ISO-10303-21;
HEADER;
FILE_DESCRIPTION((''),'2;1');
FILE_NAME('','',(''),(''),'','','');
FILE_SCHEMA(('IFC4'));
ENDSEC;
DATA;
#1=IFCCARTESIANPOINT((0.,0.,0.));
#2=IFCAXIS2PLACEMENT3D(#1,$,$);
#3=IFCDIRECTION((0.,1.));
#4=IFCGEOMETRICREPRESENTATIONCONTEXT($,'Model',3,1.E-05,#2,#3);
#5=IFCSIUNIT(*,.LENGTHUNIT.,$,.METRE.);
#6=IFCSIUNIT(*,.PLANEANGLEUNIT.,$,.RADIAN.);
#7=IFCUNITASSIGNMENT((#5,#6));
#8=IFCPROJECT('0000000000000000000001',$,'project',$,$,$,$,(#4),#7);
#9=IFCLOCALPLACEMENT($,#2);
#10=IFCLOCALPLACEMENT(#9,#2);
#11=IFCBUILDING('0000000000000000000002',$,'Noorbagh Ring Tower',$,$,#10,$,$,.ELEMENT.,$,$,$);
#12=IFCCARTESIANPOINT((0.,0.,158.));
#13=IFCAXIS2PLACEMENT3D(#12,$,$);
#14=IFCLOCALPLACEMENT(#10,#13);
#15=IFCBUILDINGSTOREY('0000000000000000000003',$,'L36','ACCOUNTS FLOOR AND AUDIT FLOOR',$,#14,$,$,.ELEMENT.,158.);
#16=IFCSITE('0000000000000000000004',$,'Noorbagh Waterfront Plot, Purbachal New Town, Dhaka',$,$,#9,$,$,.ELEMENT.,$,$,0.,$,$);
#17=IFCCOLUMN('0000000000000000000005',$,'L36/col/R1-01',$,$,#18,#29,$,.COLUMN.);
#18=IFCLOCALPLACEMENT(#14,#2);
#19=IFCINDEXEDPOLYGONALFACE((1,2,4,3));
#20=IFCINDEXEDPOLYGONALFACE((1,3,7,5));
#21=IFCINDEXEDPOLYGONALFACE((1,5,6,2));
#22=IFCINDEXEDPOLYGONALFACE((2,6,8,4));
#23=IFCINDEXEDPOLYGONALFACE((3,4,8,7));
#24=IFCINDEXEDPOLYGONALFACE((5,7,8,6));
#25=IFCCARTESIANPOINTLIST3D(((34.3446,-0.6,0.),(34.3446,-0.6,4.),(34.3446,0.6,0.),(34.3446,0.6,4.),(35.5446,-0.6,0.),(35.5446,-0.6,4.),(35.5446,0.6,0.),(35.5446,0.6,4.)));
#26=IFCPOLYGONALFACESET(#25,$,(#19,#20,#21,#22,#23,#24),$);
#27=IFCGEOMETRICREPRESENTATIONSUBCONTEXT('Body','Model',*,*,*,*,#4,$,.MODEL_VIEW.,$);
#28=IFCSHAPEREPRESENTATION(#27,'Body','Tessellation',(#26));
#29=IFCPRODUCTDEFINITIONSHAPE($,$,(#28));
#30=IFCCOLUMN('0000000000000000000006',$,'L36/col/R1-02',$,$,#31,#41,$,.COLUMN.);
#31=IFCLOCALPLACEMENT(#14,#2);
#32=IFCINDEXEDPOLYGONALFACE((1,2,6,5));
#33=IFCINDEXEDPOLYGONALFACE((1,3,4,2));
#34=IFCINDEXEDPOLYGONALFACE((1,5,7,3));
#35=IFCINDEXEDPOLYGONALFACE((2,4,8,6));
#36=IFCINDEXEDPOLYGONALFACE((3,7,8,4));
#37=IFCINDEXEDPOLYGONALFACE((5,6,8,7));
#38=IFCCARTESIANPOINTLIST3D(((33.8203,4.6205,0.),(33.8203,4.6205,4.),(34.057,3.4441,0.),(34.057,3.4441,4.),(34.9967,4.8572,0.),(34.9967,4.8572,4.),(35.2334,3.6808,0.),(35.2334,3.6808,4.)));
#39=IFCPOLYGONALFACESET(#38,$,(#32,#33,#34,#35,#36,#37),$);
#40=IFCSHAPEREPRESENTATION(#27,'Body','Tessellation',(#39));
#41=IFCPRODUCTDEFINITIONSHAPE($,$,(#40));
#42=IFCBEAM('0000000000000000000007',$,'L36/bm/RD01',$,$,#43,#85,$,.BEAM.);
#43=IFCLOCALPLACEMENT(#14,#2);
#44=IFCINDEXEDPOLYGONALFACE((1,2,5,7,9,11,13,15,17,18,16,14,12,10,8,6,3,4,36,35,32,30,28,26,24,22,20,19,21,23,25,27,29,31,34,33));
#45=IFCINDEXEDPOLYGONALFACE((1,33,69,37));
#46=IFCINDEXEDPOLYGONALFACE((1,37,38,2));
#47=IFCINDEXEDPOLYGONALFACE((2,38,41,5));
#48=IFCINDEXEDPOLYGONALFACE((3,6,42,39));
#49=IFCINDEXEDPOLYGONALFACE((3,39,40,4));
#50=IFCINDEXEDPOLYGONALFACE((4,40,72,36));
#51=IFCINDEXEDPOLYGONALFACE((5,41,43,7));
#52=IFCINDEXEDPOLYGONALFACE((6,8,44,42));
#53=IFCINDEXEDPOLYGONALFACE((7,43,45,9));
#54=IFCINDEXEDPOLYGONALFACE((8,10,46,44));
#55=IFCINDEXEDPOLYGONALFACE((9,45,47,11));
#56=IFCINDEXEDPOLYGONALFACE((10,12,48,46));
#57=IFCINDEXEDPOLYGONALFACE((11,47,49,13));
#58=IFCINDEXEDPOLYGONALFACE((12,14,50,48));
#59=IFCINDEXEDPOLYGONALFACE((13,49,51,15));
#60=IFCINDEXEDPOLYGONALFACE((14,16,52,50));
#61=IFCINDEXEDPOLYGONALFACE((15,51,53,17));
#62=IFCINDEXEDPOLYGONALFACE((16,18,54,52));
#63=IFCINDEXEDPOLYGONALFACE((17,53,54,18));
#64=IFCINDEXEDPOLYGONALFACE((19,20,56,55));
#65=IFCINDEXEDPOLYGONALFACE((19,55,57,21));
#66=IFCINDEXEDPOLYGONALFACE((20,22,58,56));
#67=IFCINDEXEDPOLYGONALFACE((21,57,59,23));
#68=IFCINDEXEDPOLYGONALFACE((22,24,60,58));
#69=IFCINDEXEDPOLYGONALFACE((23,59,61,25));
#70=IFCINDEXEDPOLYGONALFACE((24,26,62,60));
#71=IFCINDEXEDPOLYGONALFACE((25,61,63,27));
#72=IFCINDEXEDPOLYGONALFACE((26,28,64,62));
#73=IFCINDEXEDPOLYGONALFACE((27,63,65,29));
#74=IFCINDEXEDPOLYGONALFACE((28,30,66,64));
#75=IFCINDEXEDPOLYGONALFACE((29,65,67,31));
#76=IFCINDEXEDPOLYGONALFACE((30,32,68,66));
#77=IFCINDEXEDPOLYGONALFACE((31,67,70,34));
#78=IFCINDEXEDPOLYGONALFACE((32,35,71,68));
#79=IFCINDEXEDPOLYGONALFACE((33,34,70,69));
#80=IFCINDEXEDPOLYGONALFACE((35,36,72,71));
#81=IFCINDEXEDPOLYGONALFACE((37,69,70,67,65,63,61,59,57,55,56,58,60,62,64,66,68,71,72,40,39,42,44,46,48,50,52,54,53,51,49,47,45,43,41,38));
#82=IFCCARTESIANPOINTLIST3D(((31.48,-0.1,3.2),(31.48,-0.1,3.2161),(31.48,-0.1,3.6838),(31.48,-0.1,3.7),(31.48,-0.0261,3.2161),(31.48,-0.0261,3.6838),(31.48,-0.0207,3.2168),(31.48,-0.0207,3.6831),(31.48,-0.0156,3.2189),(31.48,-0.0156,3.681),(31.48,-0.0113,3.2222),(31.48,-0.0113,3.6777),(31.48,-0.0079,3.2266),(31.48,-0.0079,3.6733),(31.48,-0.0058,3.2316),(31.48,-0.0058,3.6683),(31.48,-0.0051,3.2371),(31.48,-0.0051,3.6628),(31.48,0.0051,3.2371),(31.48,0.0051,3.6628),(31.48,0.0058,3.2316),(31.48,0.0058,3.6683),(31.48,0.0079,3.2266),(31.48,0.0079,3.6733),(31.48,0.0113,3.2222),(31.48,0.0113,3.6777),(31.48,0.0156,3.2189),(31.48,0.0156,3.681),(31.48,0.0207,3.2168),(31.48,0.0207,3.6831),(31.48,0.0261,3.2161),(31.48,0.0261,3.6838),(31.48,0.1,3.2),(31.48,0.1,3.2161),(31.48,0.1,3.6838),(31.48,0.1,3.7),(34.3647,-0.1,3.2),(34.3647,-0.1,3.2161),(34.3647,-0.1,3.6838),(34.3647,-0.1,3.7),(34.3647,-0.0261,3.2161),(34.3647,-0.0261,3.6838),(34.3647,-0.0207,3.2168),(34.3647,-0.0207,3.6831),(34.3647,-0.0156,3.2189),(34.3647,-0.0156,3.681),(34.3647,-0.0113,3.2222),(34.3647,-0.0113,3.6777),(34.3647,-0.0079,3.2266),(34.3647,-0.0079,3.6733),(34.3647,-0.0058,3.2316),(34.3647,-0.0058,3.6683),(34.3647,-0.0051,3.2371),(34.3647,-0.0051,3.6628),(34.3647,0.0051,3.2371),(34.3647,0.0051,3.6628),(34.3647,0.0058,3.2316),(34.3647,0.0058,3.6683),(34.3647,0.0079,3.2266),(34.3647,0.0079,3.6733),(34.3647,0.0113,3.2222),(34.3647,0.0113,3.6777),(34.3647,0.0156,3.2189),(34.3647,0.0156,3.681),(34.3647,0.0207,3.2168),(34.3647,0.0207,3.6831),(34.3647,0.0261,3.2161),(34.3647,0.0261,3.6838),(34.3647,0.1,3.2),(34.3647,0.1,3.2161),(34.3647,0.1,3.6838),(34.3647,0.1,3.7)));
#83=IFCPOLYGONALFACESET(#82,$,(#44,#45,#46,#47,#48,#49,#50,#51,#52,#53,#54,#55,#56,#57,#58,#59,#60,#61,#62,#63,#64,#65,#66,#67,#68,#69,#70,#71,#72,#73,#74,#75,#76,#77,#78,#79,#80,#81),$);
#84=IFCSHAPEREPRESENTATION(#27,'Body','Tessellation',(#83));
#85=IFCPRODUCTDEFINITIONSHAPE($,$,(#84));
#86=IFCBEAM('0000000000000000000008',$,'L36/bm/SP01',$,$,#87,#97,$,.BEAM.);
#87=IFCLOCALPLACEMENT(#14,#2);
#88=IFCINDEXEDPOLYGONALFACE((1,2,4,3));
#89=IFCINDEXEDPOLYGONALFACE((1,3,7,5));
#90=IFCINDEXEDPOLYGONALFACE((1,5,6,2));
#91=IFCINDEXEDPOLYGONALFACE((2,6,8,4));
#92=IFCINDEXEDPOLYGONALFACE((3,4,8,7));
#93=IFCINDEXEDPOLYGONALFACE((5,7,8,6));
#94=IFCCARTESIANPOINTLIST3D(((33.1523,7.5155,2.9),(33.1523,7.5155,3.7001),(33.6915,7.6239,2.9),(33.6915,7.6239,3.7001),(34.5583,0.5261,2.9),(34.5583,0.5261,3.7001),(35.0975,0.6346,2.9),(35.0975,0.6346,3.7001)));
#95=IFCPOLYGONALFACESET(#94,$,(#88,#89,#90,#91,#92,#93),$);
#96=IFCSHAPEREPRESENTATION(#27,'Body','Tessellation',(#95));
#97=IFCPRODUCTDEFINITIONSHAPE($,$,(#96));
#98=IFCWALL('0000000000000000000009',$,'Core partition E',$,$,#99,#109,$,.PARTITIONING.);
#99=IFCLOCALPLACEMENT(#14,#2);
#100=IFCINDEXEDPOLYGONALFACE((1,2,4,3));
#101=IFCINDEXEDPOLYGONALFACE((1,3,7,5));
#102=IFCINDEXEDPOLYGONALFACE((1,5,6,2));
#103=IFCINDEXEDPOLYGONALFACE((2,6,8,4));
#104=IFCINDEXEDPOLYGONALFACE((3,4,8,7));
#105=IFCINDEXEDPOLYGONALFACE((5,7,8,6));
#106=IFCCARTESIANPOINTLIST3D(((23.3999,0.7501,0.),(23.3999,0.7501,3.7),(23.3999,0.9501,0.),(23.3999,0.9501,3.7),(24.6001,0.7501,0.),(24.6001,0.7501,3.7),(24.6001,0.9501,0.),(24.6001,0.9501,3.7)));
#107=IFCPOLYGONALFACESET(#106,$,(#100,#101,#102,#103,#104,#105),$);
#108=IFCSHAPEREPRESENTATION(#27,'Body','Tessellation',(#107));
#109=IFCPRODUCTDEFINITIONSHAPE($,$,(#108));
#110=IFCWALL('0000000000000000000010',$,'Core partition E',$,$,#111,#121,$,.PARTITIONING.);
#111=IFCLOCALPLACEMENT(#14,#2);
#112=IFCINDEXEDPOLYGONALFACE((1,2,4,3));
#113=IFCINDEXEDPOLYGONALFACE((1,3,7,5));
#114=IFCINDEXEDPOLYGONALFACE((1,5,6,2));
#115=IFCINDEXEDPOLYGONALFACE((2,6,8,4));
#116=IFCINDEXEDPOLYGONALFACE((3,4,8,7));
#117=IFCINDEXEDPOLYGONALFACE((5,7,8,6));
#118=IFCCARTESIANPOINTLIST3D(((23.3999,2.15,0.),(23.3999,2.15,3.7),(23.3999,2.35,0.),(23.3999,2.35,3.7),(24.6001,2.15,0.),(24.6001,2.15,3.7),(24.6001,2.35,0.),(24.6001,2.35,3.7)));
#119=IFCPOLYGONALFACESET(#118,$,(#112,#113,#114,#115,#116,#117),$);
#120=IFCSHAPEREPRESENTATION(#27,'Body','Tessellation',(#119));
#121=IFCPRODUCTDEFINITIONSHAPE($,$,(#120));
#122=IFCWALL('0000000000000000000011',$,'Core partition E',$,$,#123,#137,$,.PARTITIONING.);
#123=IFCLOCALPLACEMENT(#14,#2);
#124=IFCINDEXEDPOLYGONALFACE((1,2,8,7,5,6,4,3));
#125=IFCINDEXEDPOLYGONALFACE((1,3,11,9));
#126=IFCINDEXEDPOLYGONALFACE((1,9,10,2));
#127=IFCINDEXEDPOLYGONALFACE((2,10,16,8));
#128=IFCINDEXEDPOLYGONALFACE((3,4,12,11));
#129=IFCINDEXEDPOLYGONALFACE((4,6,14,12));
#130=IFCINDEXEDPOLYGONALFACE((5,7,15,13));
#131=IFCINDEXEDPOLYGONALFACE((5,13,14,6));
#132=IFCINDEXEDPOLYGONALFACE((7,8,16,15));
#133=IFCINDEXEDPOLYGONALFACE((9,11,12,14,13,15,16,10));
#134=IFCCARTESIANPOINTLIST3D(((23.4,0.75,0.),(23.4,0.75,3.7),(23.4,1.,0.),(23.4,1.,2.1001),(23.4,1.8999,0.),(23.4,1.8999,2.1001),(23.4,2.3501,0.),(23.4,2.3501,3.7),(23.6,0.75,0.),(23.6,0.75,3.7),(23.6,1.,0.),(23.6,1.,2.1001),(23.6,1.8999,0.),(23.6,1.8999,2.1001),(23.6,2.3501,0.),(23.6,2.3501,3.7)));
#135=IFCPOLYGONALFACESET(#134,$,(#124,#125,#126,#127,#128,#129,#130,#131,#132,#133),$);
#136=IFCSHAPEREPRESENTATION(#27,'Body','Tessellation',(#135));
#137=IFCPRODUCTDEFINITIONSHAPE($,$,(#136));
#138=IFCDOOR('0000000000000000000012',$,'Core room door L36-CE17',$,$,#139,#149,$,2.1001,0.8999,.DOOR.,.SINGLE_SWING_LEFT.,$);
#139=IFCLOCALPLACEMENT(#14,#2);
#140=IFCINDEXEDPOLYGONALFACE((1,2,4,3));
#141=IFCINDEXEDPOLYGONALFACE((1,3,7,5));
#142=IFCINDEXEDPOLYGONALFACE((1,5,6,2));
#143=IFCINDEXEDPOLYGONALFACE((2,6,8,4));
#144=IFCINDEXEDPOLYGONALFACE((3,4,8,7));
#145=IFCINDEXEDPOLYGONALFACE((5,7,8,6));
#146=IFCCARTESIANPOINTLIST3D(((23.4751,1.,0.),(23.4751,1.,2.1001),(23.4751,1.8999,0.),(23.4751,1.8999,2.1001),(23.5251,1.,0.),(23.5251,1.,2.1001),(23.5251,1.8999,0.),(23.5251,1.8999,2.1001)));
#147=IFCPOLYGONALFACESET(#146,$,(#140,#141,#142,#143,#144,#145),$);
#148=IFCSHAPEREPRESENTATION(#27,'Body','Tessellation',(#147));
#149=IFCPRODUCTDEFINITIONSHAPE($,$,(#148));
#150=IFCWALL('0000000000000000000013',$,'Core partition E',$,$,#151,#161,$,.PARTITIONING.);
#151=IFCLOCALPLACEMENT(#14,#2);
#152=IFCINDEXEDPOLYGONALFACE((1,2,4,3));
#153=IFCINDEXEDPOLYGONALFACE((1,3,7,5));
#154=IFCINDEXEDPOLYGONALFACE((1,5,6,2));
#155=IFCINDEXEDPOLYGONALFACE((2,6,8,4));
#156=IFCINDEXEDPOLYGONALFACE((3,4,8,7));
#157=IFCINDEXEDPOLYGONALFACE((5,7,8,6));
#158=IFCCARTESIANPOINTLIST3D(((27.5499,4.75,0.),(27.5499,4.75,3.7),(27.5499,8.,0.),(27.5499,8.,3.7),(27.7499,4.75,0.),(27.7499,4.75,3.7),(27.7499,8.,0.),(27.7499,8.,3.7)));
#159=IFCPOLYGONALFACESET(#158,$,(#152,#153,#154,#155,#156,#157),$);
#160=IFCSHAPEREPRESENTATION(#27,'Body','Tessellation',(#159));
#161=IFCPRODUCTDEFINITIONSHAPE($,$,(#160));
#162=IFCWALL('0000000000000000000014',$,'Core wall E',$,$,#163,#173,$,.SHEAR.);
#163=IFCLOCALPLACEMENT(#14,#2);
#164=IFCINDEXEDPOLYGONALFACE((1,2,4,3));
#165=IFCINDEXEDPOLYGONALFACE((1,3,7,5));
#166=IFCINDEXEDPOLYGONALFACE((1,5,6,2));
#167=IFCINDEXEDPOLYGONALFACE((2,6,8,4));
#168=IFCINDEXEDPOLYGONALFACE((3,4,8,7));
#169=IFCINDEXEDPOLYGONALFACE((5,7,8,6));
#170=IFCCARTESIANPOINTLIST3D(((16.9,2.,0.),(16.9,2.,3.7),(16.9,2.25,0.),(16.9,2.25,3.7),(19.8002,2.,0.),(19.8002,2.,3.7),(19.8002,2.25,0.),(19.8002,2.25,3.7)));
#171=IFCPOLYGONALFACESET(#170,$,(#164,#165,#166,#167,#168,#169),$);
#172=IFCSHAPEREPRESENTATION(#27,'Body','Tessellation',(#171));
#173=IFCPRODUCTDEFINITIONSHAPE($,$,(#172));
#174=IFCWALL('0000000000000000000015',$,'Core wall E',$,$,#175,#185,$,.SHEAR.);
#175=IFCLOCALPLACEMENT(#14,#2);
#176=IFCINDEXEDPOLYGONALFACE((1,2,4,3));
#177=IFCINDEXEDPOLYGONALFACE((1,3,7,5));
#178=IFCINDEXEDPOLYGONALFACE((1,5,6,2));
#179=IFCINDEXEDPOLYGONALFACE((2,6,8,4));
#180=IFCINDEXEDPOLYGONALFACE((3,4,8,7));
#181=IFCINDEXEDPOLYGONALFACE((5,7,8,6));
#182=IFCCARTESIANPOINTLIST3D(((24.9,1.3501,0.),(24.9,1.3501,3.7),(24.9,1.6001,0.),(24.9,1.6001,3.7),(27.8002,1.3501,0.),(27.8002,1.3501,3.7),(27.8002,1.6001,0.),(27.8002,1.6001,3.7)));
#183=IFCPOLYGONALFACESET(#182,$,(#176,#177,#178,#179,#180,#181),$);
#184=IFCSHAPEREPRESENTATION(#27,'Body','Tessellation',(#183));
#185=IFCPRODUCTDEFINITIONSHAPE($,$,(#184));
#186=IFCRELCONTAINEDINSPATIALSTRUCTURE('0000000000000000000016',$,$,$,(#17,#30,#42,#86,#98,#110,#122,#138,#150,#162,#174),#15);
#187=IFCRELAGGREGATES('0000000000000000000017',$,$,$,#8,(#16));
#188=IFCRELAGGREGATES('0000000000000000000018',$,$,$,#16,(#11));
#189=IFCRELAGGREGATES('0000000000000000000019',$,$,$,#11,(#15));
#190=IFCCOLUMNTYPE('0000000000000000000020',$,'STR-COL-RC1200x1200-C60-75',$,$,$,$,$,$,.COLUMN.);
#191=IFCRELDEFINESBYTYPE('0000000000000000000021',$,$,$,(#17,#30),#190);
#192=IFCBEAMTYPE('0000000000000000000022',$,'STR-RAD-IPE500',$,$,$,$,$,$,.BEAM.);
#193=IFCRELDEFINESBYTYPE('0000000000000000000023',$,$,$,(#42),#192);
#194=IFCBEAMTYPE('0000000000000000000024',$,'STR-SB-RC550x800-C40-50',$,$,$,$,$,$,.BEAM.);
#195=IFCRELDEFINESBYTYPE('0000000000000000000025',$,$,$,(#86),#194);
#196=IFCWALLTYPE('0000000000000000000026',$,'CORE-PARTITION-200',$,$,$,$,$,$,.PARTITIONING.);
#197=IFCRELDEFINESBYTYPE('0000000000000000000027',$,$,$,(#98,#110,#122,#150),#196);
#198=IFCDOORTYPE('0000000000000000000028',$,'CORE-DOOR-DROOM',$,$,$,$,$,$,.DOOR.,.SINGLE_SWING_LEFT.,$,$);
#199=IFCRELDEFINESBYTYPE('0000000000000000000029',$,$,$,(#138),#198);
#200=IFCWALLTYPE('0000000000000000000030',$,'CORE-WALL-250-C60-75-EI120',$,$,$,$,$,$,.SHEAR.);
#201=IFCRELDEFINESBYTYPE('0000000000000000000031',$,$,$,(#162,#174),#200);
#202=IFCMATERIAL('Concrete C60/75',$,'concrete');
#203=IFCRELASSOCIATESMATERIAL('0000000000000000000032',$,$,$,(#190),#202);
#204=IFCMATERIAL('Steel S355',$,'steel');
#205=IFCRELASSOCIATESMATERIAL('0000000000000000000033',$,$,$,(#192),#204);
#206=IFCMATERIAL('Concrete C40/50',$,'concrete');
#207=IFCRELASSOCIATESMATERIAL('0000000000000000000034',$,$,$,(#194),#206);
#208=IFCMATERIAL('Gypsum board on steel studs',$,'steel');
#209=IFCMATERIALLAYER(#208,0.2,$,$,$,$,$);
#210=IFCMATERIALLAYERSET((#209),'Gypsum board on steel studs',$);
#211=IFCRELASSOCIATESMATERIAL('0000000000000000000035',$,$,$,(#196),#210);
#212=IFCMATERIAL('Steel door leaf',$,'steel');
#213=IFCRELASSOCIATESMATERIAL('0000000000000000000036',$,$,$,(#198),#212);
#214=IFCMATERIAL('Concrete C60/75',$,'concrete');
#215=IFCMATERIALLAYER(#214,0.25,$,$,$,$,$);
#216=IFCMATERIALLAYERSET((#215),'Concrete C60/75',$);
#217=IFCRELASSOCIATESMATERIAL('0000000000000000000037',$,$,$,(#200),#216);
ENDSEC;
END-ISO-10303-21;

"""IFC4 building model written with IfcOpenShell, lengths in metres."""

from ifc_helpers import new_model, si_unit, direction, frame, frame_2d, origin, origin_2d, place, context, subcontext, project, spatial, rectangle, i_section, extrude, material, layer, layer_set, material_profile, profile_set, type_object, element, fill, save


model = new_model("IFC4")

# Units and contexts
model_context = context("Model", 3, precision=1e-05, world=origin(), true_north=direction((0.0, 1.0)))
body_context = subcontext(model_context, "Body", "Model", "MODEL_VIEW")
ifc_project = project(units=[si_unit("LENGTHUNIT", "METRE"), si_unit("PLANEANGLEUNIT", "RADIAN")], contexts=[model_context])

# Site, building, storey
site_placement = place(None, origin())
site = spatial("IfcSite", under=ifc_project, at=site_placement, Name="Noorbagh Waterfront Plot, Purbachal New Town, Dhaka", CompositionType="ELEMENT", RefElevation=0.0)
building_placement = place(site_placement, origin())
building = spatial("IfcBuilding", under=site, at=building_placement, Name="Noorbagh Ring Tower", CompositionType="ELEMENT")
storey_placement = place(building_placement, frame((0.0, 0.0, 158.0)))
storey = spatial("IfcBuildingStorey", under=building, at=storey_placement, Name="L36", Description="ACCOUNTS FLOOR AND AUDIT FLOOR", CompositionType="ELEMENT", Elevation=158.0)

# Columns
ifc_material_1 = material(Name="Concrete C60/75", Category="concrete")
ifc_material_profile_1 = material_profile(ifc_material_1, rectangle(XDim=1.2, YDim=1.2, at=origin_2d()), Name="RC1200x1200")
ifc_profile_set_1 = profile_set([ifc_material_profile_1], Name="Concrete C60/75")
column_type = type_object("IfcColumnType", Name="STR-COL-RC1200x1200-C60-75", PredefinedType="COLUMN", material=ifc_profile_set_1)
for number, where, z_axis, x_axis, name in (
    (1, (34.9446, 0.0, 0.0), (0.0, 0.0, 1.0), (0.0, 1.0, 0.0), "L36/col/R1-01"),
    (2, (34.5269, 4.1506, 0.0), (0.0, 0.0, 1.0), (-0.19723, 0.980357, 0.0), "L36/col/R1-02"),
):
    element("IfcColumn", number, at=place(storey_placement, frame(where, z_axis=z_axis, x_axis=x_axis)), inside=storey, type_object=column_type, Name=name, PredefinedType="COLUMN", context=body_context, shape_type="SweptSolid", body=[
        extrude(rectangle(XDim=1.2, YDim=1.2, at=origin_2d()), origin(), (0.0, 0.0, 1.0), 4.0),
    ])

# Beams
ifc_material_2 = material(Name="Steel S355", Category="steel")
ifc_material_profile_2 = material_profile(ifc_material_2, i_section(OverallWidth=0.2, OverallDepth=0.5, WebThickness=0.0103, FlangeThickness=0.0161, FilletRadius=0.021, at=origin_2d()), Name="IPE500")
ifc_profile_set_2 = profile_set([ifc_material_profile_2], Name="Steel S355")
beam_type_1 = type_object("IfcBeamType", Name="STR-RAD-IPE500", PredefinedType="BEAM", material=ifc_profile_set_2)
beam_1_placement = place(storey_placement, frame((34.3647, 0.0, 3.45), z_axis=(-1.0, 0.0, 0.0), x_axis=(0.0, -1.0, 0.0)))
element("IfcBeam", 3, at=beam_1_placement, inside=storey, type_object=beam_type_1, Name="L36/bm/RD01", PredefinedType="BEAM", context=body_context, shape_type="SweptSolid", body=[
    extrude(i_section(OverallWidth=0.2, OverallDepth=0.5, WebThickness=0.0103, FlangeThickness=0.0161, FilletRadius=0.021, at=origin_2d()), origin(), (0.0, 0.0, 1.0), 2.8848),
])
ifc_material_3 = material(Name="Concrete C40/50", Category="concrete")
ifc_material_profile_3 = material_profile(ifc_material_3, rectangle(XDim=0.55, YDim=0.8, at=origin_2d()), Name="RC550x800")
ifc_profile_set_3 = profile_set([ifc_material_profile_3], Name="Concrete C40/50")
beam_type_2 = type_object("IfcBeamType", Name="STR-SB-RC550x800-C40-50", PredefinedType="BEAM", material=ifc_profile_set_3)
beam_2_placement = place(storey_placement, frame((34.8279, 0.5803, 3.3), z_axis=(-0.197209, 0.980361, 0.0), x_axis=(-0.980361, -0.197209, 0.0)))
element("IfcBeam", 4, at=beam_2_placement, inside=storey, type_object=beam_type_2, Name="L36/bm/SP01", PredefinedType="BEAM", context=body_context, shape_type="SweptSolid", body=[
    extrude(rectangle(XDim=0.55, YDim=0.8, at=origin_2d()), origin(), (0.0, 0.0, 1.0), 7.1294),
])

# Walls
ifc_material_4 = material(Name="Gypsum board on steel studs", Category="steel")
ifc_layer_1 = layer(ifc_material_4, 0.2)
ifc_layer_set_1 = layer_set([ifc_layer_1], Name="Gypsum board on steel studs")
wall_type_1 = type_object("IfcWallType", Name="CORE-PARTITION-200", PredefinedType="PARTITIONING", material=ifc_layer_set_1)
for number, where, z_axis, x_axis, name in (
    (5, (23.3999, 0.8501, 0.0), (0.0, 0.0, 1.0), (1.0, 0.0, 0.0), "Core partition E"),
    (6, (23.3999, 2.25, 0.0), (0.0, 0.0, 1.0), (1.0, 0.0, 0.0), "Core partition E"),
):
    element("IfcWall", number, at=place(storey_placement, frame(where, z_axis=z_axis, x_axis=x_axis)), inside=storey, type_object=wall_type_1, Name=name, PredefinedType="PARTITIONING", context=body_context, shape_type="SweptSolid", body=[
        extrude(rectangle(XDim=1.2002, YDim=0.2, at=frame_2d((0.6001, 0.0))), origin(), (0.0, 0.0, 1.0), 3.7),
    ])

# Wall, opening, door
wall_1_placement = place(storey_placement, frame((23.5, 0.75, 0.0), z_axis=(0.0, 0.0, 1.0), x_axis=(0.0, 1.0, 0.0)))
wall_1 = element("IfcWall", 7, at=wall_1_placement, inside=storey, type_object=wall_type_1, Name="Core partition E", PredefinedType="PARTITIONING", context=body_context, shape_type="SweptSolid", body=[
    extrude(rectangle(XDim=1.6001, YDim=0.2, at=frame_2d((0.8, 0.0))), origin(), (0.0, 0.0, 1.0), 3.7),
])
opening_1_placement = place(wall_1_placement, frame((0.25, 0.0, 0.0)))
opening_1 = element("IfcOpeningElement", 8, at=opening_1_placement, cuts=wall_1, PredefinedType="OPENING", context=body_context, shape_type="SweptSolid", body=[
    extrude(rectangle(XDim=0.8999, YDim=2.1001, at=frame_2d((0.45, 1.05))), frame((0.0, 0.1099, 0.0), z_axis=(0.0, -1.0, 0.0), x_axis=(1.0, 0.0, 0.0)), (0.0, 0.0, 1.0), 0.22),
])
ifc_material_5 = material(Name="Steel door leaf", Category="steel")
door_type_1 = type_object("IfcDoorType", Name="CORE-DOOR-DROOM", OperationType="SINGLE_SWING_LEFT", PredefinedType="DOOR", material=ifc_material_5)
door_1_placement = place(opening_1_placement, origin())
door_1 = element("IfcDoor", 9, at=door_1_placement, inside=storey, type_object=door_type_1, Name="Core room door L36-CE17", OperationType="SINGLE_SWING_LEFT", OverallHeight=2.1001, OverallWidth=0.8999, PredefinedType="DOOR", context=body_context, shape_type="SweptSolid", body=[
    extrude(rectangle(XDim=0.8999, YDim=2.1001, at=frame_2d((0.45, 1.05))), frame((0.0, 0.0249, 0.0), z_axis=(0.0, -1.0, 0.0), x_axis=(1.0, 0.0, 0.0)), (0.0, 0.0, 1.0), 0.05),
])
fill(opening_1, door_1)

# Walls
wall_2_placement = place(storey_placement, frame((27.6499, 4.75, 0.0), z_axis=(0.0, 0.0, 1.0), x_axis=(0.0, 1.0, 0.0)))
element("IfcWall", 10, at=wall_2_placement, inside=storey, type_object=wall_type_1, Name="Core partition E", PredefinedType="PARTITIONING", context=body_context, shape_type="SweptSolid", body=[
    extrude(rectangle(XDim=3.25, YDim=0.2, at=frame_2d((1.625, 0.0))), origin(), (0.0, 0.0, 1.0), 3.7),
])
ifc_material_6 = material(Name="Concrete C60/75", Category="concrete")
ifc_layer_2 = layer(ifc_material_6, 0.25)
ifc_layer_set_2 = layer_set([ifc_layer_2], Name="Concrete C60/75")
wall_type_2 = type_object("IfcWallType", Name="CORE-WALL-250-C60-75-EI120", PredefinedType="SHEAR", material=ifc_layer_set_2)
for number, where, z_axis, x_axis, name in (
    (11, (16.8999, 2.125, 0.0), (0.0, 0.0, 1.0), (1.0, 0.0, 0.0), "Core wall E"),
    (12, (24.8999, 1.4751, 0.0), (0.0, 0.0, 1.0), (1.0, 0.0, 0.0), "Core wall E"),
):
    element("IfcWall", number, at=place(storey_placement, frame(where, z_axis=z_axis, x_axis=x_axis)), inside=storey, type_object=wall_type_2, Name=name, PredefinedType="SHEAR", context=body_context, shape_type="SweptSolid", body=[
        extrude(rectangle(XDim=2.9001, YDim=0.25, at=frame_2d((1.4502, 0.0))), origin(), (0.0, 0.0, 1.0), 3.7),
    ])

save(model, "model.ifc")
